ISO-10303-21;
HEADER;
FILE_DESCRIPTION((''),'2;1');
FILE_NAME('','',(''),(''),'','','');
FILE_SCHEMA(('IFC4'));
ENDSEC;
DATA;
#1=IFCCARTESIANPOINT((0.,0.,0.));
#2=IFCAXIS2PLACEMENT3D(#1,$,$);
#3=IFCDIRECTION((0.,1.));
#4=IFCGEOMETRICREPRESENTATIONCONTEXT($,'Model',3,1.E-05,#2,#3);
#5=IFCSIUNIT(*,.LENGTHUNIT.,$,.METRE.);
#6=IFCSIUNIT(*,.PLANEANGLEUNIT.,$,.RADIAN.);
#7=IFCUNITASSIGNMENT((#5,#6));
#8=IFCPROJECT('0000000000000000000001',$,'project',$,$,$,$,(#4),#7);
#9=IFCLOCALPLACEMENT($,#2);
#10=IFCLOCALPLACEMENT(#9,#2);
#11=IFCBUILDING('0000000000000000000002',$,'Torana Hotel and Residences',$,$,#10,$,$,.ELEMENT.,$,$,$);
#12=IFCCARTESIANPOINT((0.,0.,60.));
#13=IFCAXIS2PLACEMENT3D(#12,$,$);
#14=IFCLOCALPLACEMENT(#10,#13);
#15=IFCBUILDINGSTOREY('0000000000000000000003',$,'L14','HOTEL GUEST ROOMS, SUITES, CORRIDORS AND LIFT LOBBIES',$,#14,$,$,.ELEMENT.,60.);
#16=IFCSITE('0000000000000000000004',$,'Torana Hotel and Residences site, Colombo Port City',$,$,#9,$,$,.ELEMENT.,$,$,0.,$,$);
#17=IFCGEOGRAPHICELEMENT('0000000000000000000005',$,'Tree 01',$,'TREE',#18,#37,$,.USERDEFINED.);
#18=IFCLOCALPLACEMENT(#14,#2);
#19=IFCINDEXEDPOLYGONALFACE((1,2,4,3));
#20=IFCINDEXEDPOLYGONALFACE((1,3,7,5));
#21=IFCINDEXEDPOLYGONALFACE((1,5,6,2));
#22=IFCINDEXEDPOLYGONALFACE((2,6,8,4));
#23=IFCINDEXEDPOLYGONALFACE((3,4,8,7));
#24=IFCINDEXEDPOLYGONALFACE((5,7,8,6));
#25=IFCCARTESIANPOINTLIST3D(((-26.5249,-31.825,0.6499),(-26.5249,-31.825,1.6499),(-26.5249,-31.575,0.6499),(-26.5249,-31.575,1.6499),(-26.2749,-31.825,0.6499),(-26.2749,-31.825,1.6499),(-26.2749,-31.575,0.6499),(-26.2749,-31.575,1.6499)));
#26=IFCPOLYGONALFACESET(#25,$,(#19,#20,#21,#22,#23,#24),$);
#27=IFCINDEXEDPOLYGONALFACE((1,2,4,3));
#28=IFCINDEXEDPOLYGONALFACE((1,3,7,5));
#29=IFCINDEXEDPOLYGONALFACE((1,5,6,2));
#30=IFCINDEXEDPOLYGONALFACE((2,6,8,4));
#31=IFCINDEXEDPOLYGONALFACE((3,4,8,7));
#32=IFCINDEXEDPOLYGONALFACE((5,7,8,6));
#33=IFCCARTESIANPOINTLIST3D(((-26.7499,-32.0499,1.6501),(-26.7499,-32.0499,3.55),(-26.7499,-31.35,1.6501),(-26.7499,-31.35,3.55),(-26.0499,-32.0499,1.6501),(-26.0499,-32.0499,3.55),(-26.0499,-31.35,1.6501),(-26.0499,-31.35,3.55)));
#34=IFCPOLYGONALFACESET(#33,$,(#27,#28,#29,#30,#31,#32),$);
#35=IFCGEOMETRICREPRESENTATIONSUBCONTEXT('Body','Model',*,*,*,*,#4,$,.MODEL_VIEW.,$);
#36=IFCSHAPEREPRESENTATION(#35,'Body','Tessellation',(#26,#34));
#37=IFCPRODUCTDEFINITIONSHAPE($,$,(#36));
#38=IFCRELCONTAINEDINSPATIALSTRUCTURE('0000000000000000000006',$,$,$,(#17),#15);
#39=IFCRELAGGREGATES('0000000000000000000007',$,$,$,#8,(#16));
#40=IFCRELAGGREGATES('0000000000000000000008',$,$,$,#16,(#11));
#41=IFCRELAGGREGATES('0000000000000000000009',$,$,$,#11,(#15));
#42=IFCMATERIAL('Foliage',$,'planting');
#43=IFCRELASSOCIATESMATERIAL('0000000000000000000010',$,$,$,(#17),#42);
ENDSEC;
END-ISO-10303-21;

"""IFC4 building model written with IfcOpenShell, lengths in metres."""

from ifc_helpers import new_model, si_unit, direction, frame, origin, origin_2d, place, context, subcontext, project, spatial, rectangle, extrude, material, element, save


model = new_model("IFC4")

# Units and contexts
model_context = context("Model", 3, precision=1e-05, world=origin(), true_north=direction((0.0, 1.0)))
body_context = subcontext(model_context, "Body", "Model", "MODEL_VIEW")
ifc_project = project(units=[si_unit("LENGTHUNIT", "METRE"), si_unit("PLANEANGLEUNIT", "RADIAN")], contexts=[model_context])

# Site, building, storey
site_placement = place(None, origin())
site = spatial("IfcSite", under=ifc_project, at=site_placement, Name="Torana Hotel and Residences site, Colombo Port City", CompositionType="ELEMENT", RefElevation=0.0)
building_placement = place(site_placement, origin())
building = spatial("IfcBuilding", under=site, at=building_placement, Name="Torana Hotel and Residences", CompositionType="ELEMENT")
storey_placement = place(building_placement, frame((0.0, 0.0, 60.0)))
storey = spatial("IfcBuildingStorey", under=building, at=storey_placement, Name="L14", Description="HOTEL GUEST ROOMS, SUITES, CORRIDORS AND LIFT LOBBIES", CompositionType="ELEMENT", Elevation=60.0)

# Geographic element
ifc_material_1 = material(Name="Foliage", Category="planting")
geographic_element_placement = place(storey_placement, frame((-26.3999, -31.7, 0.6499), z_axis=(0.0, 0.0, 1.0), x_axis=(1.0, 0.0, 0.0)))
element("IfcGeographicElement", 1, at=geographic_element_placement, inside=storey, material=ifc_material_1, Name="Tree 01", ObjectType="TREE", PredefinedType="USERDEFINED", context=body_context, shape_type="SweptSolid", body=[
    extrude(rectangle(XDim=0.25, YDim=0.25, at=origin_2d()), origin(), (0.0, 0.0, 1.0), 1.0),
    extrude(rectangle(XDim=0.7, YDim=0.7, at=origin_2d()), frame((0.0, 0.0, 1.0002)), (0.0, 0.0, 1.0), 1.8999),
])

save(model, "model.ifc")
